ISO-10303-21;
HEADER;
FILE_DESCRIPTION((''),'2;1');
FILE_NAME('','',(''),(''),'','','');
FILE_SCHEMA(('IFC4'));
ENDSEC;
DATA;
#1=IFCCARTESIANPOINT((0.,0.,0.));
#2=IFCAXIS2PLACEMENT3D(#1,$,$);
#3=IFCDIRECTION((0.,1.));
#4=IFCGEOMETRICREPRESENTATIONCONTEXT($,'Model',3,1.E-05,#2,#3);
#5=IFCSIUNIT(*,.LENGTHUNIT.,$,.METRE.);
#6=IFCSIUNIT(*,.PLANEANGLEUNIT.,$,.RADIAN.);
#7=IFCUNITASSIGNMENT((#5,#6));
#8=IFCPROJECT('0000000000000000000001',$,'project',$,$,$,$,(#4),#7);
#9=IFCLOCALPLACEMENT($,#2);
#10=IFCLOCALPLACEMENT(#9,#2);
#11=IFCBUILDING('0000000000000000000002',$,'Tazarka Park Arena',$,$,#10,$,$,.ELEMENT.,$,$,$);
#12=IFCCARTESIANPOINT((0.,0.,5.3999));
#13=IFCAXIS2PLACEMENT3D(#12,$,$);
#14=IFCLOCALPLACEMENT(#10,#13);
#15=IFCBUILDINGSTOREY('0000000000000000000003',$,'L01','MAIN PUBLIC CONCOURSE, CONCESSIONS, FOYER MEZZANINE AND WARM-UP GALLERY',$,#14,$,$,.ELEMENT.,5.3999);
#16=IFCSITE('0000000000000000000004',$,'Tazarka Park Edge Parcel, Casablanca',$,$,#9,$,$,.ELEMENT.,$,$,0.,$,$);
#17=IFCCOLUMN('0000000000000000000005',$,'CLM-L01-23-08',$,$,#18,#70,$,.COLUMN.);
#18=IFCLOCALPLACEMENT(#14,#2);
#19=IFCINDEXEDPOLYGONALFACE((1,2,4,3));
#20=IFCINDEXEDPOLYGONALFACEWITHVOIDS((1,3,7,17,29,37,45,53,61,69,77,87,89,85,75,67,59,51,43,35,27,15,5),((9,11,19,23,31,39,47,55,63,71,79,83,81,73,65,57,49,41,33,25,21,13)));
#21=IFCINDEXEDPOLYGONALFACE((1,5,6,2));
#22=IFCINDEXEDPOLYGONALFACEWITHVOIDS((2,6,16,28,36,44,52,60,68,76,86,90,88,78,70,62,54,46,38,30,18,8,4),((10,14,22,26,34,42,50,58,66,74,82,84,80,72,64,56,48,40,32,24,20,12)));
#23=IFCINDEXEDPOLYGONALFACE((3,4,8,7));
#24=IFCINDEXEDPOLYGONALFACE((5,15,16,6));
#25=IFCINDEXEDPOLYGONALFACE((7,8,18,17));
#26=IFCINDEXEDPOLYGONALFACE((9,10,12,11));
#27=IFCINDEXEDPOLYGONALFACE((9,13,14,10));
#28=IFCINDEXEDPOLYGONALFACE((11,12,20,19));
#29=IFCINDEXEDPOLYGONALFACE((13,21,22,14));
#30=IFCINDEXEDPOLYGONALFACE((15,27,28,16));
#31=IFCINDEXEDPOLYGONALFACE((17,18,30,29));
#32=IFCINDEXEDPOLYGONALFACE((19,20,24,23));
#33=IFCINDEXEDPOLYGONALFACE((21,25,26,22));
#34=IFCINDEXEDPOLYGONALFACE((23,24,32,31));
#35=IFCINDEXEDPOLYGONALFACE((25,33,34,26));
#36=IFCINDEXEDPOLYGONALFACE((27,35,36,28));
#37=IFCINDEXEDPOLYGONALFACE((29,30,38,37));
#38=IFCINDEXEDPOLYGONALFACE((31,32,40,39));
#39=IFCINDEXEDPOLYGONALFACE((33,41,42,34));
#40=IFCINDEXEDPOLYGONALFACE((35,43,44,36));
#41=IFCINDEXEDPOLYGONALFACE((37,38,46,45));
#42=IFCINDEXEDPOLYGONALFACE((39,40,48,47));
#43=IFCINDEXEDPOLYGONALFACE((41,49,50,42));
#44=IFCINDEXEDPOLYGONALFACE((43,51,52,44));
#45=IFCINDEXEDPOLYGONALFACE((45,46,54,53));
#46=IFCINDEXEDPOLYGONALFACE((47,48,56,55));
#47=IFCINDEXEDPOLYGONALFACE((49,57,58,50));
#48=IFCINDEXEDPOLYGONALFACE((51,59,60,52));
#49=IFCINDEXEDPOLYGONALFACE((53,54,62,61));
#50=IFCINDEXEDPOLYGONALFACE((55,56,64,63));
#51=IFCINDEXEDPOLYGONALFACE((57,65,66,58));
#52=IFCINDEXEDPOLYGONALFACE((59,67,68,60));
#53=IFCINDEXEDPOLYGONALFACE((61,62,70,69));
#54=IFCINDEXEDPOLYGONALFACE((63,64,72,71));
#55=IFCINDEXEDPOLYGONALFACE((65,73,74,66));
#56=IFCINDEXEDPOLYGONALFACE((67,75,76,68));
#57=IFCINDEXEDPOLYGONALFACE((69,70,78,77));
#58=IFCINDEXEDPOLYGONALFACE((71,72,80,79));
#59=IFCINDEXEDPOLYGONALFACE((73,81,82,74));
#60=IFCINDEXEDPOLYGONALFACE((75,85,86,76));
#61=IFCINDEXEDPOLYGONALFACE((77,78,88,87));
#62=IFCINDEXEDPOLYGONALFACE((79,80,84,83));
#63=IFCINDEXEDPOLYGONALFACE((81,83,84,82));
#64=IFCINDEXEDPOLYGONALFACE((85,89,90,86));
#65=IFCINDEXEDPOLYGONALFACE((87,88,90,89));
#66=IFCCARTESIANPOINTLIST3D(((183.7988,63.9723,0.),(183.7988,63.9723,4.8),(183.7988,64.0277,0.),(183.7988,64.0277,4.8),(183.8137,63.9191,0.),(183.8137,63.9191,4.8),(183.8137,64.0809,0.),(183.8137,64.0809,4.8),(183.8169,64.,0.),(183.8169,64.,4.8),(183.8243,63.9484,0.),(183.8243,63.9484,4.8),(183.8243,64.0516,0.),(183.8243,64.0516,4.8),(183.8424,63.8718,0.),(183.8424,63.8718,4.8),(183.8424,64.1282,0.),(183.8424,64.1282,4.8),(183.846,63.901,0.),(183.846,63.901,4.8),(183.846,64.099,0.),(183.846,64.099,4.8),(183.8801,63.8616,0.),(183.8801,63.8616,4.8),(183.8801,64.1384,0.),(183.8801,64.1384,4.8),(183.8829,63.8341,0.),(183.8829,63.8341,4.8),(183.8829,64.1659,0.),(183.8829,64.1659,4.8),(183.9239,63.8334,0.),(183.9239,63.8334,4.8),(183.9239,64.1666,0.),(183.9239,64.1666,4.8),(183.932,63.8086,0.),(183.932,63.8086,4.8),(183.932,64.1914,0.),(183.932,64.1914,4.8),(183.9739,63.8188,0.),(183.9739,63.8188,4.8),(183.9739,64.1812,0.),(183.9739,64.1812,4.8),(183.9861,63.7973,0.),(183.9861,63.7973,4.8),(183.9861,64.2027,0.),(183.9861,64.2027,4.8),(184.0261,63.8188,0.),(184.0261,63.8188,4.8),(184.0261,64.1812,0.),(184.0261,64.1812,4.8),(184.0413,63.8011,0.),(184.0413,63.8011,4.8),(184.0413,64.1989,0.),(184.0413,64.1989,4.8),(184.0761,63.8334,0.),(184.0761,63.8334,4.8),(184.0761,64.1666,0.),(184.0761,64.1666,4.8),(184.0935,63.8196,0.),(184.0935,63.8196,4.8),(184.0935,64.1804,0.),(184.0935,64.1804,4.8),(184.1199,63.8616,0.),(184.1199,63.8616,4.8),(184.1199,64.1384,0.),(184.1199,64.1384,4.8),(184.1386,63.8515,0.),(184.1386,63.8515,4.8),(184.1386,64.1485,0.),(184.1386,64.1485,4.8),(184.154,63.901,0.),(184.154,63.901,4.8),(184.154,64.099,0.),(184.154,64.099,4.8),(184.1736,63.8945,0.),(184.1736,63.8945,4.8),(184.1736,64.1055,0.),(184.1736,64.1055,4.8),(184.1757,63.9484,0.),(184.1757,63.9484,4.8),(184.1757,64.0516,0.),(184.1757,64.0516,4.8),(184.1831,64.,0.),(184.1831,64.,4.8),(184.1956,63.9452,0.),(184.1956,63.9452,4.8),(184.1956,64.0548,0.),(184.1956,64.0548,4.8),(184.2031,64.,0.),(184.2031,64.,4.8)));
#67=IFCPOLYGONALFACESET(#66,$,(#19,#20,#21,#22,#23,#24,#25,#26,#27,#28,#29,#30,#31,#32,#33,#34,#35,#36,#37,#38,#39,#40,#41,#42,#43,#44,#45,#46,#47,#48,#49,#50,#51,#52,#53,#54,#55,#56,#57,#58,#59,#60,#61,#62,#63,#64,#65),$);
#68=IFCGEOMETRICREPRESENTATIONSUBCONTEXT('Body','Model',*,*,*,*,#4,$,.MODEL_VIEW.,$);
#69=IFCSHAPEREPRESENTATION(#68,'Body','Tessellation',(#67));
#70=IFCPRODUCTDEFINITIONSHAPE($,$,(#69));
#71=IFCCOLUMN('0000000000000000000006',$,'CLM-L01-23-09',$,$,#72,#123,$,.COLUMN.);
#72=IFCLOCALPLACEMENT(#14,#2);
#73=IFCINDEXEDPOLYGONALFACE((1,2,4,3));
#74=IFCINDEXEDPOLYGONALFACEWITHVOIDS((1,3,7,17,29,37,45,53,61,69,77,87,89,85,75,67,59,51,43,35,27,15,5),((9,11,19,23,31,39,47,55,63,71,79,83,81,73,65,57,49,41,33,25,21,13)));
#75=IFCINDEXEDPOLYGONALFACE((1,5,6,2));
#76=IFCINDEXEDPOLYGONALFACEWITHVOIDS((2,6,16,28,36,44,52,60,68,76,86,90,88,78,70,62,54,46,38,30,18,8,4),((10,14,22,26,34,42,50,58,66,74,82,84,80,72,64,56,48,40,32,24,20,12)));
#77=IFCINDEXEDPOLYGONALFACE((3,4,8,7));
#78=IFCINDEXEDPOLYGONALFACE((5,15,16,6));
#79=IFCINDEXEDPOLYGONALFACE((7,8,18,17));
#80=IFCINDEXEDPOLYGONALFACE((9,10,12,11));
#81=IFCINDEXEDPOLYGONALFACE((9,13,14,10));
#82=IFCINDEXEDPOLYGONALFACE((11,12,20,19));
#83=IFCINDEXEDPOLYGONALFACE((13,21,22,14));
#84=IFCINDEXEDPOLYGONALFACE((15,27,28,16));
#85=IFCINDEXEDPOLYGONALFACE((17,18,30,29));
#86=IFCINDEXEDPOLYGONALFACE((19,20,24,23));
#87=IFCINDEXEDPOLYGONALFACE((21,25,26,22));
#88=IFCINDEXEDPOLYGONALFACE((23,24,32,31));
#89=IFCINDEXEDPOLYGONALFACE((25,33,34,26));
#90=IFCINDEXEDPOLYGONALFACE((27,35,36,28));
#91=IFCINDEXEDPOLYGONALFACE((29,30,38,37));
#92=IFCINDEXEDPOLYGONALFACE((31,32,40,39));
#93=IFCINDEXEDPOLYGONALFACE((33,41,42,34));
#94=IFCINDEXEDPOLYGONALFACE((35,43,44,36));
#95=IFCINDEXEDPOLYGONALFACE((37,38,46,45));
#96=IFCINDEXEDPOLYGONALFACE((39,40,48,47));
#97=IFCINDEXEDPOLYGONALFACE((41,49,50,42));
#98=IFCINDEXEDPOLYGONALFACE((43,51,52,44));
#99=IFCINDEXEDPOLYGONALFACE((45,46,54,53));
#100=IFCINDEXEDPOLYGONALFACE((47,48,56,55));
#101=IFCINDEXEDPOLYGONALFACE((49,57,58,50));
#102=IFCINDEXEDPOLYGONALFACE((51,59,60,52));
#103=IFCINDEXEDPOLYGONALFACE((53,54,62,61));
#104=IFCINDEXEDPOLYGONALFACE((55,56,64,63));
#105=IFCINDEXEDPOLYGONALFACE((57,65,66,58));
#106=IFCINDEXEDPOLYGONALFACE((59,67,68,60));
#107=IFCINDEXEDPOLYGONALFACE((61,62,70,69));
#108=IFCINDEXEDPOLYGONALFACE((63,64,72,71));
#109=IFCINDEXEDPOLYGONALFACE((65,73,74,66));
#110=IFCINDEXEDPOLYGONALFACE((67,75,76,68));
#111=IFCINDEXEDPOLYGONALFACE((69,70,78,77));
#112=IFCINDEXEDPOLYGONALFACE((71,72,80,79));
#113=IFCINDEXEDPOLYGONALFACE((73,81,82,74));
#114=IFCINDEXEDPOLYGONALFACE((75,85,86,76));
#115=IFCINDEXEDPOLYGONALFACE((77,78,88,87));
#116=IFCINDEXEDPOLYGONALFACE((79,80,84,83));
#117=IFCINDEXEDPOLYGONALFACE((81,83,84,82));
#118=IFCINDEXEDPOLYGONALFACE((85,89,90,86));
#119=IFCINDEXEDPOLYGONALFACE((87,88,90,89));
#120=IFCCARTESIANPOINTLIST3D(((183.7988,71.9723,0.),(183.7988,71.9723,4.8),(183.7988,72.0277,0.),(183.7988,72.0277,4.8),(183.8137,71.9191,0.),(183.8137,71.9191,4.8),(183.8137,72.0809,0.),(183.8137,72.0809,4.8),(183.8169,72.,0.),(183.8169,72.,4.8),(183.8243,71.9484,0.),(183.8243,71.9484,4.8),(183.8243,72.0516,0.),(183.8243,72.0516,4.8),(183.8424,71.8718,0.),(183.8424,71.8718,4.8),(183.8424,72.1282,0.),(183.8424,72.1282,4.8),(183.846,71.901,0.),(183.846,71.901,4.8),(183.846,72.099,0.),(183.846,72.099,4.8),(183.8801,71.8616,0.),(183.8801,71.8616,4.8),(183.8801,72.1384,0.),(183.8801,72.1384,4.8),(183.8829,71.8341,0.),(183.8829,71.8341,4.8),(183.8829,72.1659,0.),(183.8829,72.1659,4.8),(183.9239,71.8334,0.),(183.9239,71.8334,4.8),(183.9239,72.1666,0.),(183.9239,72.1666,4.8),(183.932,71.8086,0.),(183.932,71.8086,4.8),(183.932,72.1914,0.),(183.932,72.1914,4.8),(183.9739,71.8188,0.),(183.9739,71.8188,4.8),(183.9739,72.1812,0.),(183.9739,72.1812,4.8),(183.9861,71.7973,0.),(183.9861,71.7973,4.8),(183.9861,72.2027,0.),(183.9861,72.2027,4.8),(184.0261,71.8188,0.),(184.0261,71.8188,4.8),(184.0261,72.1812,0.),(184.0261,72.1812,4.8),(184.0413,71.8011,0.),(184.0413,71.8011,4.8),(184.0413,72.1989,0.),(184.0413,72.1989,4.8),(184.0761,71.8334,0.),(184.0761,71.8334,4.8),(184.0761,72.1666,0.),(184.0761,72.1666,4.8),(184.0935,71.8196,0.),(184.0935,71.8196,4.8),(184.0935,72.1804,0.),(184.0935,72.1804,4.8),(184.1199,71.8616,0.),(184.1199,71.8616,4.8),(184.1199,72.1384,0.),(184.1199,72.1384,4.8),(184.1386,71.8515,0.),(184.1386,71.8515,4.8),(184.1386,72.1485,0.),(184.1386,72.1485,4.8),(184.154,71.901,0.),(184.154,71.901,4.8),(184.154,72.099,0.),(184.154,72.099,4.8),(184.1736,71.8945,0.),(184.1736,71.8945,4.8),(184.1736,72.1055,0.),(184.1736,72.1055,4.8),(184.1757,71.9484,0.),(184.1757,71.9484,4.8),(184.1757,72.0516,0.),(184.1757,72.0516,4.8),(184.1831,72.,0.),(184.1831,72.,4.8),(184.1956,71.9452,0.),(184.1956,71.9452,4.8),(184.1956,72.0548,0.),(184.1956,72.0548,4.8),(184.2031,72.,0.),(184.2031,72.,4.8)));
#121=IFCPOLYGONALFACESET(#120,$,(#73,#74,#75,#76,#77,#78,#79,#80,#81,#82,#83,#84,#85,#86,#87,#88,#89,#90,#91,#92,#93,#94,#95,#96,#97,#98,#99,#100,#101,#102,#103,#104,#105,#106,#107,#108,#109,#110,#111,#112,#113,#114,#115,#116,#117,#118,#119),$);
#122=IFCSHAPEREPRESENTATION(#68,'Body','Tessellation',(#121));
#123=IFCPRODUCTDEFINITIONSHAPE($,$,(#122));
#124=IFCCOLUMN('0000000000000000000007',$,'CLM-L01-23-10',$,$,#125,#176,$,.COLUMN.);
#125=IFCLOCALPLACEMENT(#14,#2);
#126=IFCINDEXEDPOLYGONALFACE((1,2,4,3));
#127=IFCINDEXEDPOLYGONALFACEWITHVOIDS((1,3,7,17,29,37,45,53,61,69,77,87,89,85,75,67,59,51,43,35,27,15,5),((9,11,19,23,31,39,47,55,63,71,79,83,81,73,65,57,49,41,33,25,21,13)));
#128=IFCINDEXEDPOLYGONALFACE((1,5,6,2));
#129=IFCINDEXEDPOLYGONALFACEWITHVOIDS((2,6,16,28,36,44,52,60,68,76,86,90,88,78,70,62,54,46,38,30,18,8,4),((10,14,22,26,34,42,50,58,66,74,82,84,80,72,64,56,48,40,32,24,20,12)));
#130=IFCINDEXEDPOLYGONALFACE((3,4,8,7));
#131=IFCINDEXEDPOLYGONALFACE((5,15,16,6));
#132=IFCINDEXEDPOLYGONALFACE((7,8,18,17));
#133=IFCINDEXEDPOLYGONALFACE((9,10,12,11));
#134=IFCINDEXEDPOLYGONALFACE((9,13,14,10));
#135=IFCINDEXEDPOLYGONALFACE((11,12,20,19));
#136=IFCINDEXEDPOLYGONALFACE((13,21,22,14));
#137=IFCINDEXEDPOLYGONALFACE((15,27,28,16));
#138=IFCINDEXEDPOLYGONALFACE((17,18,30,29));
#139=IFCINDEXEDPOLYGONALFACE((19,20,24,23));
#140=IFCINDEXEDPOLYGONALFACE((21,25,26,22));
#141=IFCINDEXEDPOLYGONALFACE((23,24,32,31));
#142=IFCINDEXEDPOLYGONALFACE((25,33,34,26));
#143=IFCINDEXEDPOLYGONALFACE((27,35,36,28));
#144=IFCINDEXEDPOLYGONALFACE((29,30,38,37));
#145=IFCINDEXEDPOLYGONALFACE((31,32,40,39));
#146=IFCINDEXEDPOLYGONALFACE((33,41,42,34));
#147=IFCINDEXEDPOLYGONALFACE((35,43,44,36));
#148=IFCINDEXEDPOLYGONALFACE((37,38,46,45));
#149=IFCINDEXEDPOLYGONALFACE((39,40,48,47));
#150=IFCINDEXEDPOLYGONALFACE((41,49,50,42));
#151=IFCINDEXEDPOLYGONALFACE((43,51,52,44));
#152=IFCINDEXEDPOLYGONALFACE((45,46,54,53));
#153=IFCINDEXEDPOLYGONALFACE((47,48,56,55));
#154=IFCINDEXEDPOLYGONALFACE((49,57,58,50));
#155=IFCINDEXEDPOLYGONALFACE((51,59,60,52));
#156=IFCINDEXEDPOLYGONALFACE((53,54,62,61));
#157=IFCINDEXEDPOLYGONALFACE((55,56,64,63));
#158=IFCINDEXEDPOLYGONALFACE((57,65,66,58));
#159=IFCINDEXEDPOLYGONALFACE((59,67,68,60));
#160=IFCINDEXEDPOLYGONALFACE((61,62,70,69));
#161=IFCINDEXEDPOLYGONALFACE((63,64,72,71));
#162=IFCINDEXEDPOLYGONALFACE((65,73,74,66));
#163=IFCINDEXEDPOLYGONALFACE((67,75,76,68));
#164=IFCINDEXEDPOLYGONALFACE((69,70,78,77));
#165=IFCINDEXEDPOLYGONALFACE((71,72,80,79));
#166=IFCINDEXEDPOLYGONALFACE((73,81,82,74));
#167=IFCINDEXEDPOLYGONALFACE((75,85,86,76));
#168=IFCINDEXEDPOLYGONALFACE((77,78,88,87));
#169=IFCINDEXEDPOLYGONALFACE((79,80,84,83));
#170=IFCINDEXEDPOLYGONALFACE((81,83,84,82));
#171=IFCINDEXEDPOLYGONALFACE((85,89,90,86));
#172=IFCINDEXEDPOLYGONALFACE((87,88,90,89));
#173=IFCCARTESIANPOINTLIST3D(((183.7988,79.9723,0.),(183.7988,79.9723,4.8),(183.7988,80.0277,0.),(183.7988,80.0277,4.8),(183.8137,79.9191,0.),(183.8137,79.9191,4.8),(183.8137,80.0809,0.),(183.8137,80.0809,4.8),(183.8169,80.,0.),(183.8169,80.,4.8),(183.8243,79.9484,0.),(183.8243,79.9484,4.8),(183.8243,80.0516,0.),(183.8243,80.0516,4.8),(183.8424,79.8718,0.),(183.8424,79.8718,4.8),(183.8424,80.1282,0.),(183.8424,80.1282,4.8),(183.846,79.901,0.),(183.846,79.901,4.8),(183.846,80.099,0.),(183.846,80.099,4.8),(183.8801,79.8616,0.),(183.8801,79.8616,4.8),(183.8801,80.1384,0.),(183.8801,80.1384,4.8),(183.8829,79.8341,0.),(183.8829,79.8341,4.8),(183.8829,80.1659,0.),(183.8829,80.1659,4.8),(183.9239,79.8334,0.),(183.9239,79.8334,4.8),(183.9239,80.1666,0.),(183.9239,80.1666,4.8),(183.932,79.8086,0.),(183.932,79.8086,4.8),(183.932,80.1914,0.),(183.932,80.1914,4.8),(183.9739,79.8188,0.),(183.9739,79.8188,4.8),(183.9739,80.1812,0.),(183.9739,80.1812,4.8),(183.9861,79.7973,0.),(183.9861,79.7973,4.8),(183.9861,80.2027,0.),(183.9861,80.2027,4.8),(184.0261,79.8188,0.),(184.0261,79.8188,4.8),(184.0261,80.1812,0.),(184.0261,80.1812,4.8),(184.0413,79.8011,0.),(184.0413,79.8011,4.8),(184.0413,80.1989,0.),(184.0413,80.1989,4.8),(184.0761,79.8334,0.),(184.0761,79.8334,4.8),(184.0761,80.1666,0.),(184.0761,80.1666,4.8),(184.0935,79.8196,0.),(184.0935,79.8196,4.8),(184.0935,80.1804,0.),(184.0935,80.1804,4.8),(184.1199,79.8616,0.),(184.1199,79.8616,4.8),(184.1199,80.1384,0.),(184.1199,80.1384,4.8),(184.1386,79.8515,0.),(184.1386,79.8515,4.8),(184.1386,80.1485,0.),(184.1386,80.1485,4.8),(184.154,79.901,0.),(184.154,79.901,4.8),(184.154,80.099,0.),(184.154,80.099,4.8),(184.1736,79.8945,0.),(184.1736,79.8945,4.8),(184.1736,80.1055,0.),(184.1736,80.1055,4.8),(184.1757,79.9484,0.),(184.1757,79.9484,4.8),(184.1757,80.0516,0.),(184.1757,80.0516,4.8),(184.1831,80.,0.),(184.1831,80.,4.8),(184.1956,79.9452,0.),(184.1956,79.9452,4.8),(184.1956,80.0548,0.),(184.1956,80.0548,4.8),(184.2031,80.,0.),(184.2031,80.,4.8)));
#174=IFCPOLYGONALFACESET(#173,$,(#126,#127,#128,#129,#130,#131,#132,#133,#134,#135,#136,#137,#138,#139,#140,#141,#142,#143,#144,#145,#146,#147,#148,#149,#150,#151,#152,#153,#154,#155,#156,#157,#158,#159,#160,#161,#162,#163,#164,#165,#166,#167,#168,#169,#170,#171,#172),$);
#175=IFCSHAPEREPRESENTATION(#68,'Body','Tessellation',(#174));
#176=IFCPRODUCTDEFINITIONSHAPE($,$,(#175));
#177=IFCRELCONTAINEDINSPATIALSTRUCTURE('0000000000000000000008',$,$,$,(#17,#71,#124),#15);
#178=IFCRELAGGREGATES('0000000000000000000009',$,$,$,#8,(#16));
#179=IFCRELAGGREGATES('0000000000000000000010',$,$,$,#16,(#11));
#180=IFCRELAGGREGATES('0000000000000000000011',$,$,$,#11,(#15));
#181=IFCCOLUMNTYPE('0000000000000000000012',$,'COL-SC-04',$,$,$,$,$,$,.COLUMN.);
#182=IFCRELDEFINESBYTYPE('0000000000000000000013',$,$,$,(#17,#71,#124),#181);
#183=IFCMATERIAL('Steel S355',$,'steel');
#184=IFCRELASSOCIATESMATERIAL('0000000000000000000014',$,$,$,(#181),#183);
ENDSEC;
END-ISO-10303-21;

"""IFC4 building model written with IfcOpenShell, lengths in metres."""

from ifc_helpers import new_model, si_unit, direction, frame, origin, origin_2d, place, context, subcontext, project, spatial, hollow_circle, extrude, material, material_profile, profile_set, type_object, element, save


model = new_model("IFC4")

# Units and contexts
model_context = context("Model", 3, precision=1e-05, world=origin(), true_north=direction((0.0, 1.0)))
body_context = subcontext(model_context, "Body", "Model", "MODEL_VIEW")
ifc_project = project(units=[si_unit("LENGTHUNIT", "METRE"), si_unit("PLANEANGLEUNIT", "RADIAN")], contexts=[model_context])

# Site, building, storey
site_placement = place(None, origin())
site = spatial("IfcSite", under=ifc_project, at=site_placement, Name="Tazarka Park Edge Parcel, Casablanca", CompositionType="ELEMENT", RefElevation=0.0)
building_placement = place(site_placement, origin())
building = spatial("IfcBuilding", under=site, at=building_placement, Name="Tazarka Park Arena", CompositionType="ELEMENT")
storey_placement = place(building_placement, frame((0.0, 0.0, 5.3999)))
storey = spatial("IfcBuildingStorey", under=building, at=storey_placement, Name="L01", Description="MAIN PUBLIC CONCOURSE, CONCESSIONS, FOYER MEZZANINE AND WARM-UP GALLERY", CompositionType="ELEMENT", Elevation=5.3999)

# Columns
ifc_material_1 = material(Name="Steel S355", Category="steel")
ifc_material_profile_1 = material_profile(ifc_material_1, hollow_circle(Radius=0.2031, WallThickness=0.02, at=origin_2d()), Name="Steel S355")
ifc_profile_set_1 = profile_set([ifc_material_profile_1], Name="Steel S355")
column_type_1 = type_object("IfcColumnType", Name="COL-SC-04", PredefinedType="COLUMN", material=ifc_profile_set_1)
for number, where, z_axis, x_axis, name in (
    (1, (184.0, 64.0, 0.0), (0.0, 0.0, 1.0), (1.0, 0.0, 0.0), "CLM-L01-23-08"),
    (2, (184.0, 72.0, 0.0), (0.0, 0.0, 1.0), (1.0, 0.0, 0.0), "CLM-L01-23-09"),
    (3, (184.0, 80.0, 0.0), (0.0, 0.0, 1.0), (1.0, 0.0, 0.0), "CLM-L01-23-10"),
):
    element("IfcColumn", number, at=place(storey_placement, frame(where, z_axis=z_axis, x_axis=x_axis)), inside=storey, type_object=column_type_1, Name=name, PredefinedType="COLUMN", context=body_context, shape_type="SweptSolid", body=[
        extrude(hollow_circle(Radius=0.2031, WallThickness=0.02, at=origin_2d()), origin(), (0.0, 0.0, 1.0), 4.8),
    ])

save(model, "model.ifc")
